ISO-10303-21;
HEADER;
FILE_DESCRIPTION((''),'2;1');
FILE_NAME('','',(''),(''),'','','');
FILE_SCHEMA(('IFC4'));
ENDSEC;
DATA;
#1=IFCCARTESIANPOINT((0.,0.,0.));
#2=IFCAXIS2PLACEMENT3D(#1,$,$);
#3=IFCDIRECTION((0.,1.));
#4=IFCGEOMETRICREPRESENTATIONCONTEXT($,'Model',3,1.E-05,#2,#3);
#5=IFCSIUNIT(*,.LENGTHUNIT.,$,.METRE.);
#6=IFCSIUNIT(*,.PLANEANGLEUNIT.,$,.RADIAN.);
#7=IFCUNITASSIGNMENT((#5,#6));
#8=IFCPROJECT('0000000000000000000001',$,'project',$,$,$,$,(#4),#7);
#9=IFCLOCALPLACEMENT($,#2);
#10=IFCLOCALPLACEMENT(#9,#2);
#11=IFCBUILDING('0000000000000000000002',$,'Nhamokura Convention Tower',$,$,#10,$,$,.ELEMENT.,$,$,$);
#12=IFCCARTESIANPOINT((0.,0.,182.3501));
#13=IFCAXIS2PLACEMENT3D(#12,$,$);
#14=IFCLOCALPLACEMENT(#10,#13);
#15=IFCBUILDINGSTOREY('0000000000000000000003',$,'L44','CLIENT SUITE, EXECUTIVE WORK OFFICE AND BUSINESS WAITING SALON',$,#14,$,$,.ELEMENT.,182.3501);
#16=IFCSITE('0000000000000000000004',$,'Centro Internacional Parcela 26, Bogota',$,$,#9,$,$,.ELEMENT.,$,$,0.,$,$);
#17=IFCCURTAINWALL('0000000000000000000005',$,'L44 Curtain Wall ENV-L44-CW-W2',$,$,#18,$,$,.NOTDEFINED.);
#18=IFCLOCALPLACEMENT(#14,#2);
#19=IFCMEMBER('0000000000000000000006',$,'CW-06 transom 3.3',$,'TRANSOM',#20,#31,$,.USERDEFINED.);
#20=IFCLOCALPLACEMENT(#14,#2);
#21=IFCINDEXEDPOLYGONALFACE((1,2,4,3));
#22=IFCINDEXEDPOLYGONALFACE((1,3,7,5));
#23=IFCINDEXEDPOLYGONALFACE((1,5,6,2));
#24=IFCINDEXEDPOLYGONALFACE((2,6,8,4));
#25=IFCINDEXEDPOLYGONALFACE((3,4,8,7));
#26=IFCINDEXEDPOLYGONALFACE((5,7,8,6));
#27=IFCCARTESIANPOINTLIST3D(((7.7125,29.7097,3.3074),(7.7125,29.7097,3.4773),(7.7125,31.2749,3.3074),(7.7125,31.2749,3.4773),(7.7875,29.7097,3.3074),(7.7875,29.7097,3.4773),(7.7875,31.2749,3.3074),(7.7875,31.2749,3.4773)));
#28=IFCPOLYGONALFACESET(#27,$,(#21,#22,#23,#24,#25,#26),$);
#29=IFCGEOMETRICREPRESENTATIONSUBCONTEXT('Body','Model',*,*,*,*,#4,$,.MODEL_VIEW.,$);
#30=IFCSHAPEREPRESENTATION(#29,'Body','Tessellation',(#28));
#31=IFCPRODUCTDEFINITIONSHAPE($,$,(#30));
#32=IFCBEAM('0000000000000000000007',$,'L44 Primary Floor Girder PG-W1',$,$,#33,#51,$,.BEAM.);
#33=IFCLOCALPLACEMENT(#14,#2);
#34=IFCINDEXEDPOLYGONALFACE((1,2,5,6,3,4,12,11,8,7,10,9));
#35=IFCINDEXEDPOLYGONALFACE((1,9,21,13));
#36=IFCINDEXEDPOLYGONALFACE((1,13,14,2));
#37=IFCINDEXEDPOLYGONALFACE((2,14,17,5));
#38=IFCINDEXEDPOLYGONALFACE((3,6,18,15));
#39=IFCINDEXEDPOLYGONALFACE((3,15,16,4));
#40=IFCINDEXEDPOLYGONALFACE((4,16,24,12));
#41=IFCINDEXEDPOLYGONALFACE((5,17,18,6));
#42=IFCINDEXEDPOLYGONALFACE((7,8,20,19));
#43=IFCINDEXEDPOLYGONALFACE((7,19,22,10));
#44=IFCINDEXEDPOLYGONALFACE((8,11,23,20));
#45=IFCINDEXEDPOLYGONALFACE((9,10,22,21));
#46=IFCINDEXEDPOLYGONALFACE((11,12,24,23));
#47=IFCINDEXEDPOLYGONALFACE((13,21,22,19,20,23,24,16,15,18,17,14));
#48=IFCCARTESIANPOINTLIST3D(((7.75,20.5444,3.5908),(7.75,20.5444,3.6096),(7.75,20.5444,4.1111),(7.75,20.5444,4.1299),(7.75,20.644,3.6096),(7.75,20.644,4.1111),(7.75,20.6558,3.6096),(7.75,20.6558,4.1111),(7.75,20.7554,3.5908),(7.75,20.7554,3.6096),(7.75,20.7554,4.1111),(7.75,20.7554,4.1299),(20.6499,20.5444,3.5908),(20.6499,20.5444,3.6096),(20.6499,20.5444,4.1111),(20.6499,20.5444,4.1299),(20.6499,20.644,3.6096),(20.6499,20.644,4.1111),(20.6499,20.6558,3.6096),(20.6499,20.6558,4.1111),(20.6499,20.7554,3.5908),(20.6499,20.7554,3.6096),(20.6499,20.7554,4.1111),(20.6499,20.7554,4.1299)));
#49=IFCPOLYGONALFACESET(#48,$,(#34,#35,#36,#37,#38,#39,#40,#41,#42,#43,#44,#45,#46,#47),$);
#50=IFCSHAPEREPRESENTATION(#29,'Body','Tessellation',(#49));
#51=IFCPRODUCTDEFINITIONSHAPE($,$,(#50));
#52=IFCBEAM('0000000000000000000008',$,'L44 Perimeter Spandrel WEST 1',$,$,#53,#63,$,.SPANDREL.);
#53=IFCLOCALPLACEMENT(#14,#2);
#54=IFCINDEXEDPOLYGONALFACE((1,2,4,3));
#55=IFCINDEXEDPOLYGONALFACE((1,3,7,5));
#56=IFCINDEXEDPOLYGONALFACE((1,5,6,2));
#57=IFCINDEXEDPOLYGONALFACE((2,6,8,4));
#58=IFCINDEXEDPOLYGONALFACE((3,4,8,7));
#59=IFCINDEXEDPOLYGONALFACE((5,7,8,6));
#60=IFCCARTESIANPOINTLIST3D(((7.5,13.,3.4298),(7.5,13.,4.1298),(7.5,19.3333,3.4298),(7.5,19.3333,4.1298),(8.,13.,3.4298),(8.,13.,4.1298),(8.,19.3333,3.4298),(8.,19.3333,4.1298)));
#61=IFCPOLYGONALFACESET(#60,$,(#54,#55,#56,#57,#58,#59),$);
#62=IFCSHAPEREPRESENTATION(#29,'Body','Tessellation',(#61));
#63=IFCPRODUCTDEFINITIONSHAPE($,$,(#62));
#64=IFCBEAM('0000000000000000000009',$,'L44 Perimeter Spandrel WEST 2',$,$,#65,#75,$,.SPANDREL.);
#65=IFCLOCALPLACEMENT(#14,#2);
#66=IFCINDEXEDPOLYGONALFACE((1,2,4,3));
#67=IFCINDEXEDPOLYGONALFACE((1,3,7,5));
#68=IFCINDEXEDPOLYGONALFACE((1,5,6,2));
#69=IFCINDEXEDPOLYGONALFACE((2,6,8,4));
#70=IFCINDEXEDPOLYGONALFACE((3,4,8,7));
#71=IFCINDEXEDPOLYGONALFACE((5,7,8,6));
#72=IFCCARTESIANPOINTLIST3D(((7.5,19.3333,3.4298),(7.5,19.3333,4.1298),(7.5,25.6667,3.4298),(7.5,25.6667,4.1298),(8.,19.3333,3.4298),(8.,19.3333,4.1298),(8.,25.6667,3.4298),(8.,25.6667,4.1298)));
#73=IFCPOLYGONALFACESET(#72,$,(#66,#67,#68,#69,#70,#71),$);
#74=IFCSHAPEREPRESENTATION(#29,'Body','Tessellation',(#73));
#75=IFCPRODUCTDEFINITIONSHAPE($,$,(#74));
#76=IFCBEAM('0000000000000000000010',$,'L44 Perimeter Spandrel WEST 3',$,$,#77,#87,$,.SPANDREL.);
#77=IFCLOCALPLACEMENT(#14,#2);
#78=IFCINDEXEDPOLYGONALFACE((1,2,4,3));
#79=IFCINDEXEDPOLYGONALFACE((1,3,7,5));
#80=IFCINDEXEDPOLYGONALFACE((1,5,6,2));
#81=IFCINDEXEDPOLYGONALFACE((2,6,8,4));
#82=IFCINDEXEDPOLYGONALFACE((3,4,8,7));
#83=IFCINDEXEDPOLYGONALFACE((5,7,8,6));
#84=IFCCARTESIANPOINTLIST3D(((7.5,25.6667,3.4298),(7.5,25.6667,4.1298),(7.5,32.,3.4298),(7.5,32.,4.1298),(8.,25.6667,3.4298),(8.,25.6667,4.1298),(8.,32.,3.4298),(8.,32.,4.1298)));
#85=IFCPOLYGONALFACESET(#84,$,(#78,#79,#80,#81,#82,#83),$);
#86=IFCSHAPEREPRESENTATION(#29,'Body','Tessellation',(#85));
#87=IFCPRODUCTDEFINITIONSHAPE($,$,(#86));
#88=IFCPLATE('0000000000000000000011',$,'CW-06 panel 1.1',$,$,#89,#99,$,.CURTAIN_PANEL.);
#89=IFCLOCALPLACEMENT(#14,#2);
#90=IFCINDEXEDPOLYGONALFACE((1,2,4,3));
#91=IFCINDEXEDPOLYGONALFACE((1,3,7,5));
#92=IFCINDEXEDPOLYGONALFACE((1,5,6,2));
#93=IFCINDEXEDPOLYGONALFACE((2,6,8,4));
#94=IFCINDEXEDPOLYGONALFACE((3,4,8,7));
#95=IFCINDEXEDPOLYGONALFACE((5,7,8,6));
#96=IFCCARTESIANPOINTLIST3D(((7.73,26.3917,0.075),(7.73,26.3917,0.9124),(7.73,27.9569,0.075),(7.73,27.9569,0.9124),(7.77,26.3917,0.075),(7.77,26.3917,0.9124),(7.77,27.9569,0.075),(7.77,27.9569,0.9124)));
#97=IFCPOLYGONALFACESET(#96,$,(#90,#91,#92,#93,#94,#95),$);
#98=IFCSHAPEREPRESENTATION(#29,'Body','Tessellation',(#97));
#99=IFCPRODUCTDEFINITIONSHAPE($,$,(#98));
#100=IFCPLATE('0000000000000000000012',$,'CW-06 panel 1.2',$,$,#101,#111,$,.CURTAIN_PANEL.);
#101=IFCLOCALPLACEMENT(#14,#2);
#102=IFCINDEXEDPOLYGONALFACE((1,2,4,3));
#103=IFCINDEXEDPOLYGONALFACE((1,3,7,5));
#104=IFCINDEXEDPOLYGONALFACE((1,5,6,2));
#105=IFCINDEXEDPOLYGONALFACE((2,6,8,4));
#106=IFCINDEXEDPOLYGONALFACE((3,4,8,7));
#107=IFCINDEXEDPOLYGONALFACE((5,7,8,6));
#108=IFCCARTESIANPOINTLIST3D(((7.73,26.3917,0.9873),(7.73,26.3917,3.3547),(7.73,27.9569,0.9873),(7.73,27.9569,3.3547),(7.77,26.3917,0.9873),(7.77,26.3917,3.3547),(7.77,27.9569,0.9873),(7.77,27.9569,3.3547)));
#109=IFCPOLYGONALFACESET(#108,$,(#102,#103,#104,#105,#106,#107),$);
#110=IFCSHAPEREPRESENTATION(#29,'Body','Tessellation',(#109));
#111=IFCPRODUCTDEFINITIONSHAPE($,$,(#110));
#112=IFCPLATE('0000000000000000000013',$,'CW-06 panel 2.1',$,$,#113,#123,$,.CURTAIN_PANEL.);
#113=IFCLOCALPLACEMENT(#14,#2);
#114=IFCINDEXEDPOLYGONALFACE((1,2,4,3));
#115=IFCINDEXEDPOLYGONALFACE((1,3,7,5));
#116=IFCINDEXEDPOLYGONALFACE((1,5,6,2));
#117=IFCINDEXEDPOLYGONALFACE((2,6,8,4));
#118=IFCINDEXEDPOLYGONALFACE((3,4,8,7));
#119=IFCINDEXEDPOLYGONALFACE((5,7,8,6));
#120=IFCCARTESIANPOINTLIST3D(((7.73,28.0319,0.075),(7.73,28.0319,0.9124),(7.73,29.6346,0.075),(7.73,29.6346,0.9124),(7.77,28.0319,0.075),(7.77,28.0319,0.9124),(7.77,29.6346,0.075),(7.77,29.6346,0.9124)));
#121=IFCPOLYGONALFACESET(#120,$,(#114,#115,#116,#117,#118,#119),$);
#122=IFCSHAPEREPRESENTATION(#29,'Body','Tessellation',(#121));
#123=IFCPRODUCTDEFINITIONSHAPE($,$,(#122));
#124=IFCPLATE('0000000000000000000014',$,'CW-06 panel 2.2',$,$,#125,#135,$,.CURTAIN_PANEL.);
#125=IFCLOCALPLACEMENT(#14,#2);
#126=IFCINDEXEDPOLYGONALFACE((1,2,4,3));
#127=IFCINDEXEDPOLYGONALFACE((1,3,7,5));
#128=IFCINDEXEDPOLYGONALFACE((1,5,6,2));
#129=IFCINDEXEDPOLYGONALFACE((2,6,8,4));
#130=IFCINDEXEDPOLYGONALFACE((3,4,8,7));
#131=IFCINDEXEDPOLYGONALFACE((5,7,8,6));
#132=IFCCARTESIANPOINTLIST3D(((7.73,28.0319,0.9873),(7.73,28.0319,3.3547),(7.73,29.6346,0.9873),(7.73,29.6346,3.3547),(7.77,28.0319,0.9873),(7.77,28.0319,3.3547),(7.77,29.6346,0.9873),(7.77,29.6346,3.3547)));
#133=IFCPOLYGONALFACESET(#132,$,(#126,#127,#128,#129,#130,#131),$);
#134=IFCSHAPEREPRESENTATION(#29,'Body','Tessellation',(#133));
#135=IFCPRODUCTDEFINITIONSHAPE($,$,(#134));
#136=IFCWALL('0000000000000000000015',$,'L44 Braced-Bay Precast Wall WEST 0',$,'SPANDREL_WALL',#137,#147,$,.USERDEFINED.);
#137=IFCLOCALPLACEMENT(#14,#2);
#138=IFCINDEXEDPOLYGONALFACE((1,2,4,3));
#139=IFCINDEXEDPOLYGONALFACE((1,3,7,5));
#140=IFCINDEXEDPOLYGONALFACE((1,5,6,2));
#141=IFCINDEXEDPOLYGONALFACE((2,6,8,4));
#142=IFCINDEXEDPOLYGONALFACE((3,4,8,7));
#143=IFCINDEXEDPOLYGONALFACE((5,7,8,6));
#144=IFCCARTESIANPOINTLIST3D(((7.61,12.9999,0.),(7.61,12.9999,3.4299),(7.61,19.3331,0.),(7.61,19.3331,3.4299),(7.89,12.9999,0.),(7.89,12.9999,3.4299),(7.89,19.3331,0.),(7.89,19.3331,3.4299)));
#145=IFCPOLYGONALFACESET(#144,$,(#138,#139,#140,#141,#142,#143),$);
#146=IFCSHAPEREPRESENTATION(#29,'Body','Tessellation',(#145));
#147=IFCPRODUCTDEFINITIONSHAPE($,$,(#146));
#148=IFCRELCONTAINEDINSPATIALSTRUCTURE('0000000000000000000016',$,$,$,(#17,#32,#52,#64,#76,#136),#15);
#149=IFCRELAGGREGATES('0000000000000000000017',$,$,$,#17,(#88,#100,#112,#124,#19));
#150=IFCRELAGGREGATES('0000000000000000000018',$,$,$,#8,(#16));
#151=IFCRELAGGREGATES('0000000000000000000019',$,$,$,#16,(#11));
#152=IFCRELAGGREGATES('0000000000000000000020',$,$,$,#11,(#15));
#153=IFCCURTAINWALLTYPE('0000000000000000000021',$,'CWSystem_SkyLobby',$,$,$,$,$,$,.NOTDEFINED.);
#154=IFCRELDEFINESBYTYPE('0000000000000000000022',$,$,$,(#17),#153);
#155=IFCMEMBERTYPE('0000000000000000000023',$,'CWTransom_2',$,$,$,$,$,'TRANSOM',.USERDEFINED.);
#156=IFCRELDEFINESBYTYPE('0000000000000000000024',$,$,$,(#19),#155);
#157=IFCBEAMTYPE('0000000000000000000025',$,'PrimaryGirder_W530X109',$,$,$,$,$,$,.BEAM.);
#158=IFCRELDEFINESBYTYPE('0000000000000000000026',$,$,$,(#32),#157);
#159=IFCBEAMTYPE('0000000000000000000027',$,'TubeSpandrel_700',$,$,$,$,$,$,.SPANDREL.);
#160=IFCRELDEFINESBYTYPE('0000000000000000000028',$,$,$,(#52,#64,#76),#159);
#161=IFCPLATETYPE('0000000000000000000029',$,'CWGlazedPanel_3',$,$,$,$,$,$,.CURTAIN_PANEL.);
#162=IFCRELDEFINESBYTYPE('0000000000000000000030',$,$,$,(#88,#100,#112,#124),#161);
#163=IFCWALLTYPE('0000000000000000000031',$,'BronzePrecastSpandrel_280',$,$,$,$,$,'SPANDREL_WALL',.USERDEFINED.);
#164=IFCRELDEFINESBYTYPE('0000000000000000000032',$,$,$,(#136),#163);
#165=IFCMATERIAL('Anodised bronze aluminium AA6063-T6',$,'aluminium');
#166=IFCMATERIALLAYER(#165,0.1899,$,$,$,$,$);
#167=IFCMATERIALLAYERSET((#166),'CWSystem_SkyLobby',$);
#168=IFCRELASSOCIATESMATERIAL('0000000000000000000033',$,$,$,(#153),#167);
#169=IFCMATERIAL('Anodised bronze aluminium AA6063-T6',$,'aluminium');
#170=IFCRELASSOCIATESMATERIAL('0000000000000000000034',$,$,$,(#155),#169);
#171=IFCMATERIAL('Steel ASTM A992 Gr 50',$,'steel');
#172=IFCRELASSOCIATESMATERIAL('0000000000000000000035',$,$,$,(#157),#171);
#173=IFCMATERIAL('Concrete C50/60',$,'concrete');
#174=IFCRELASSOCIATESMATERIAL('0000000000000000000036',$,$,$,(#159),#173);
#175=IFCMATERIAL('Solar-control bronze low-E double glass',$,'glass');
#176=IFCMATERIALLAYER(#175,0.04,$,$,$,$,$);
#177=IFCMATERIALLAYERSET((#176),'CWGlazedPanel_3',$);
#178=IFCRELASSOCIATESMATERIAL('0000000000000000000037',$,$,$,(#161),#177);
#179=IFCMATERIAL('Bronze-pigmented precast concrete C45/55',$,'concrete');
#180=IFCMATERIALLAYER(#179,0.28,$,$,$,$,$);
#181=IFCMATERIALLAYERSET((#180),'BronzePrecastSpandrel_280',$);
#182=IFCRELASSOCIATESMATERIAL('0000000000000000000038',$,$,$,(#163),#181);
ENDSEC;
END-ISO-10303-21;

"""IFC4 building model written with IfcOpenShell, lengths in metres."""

from ifc_helpers import new_model, si_unit, direction, frame, frame_2d, origin, origin_2d, place, context, subcontext, project, spatial, rectangle, i_section, extrude, material, layer, layer_set, material_profile, profile_set, type_object, element, aggregate, save


model = new_model("IFC4")

# Units and contexts
model_context = context("Model", 3, precision=1e-05, world=origin(), true_north=direction((0.0, 1.0)))
body_context = subcontext(model_context, "Body", "Model", "MODEL_VIEW")
ifc_project = project(units=[si_unit("LENGTHUNIT", "METRE"), si_unit("PLANEANGLEUNIT", "RADIAN")], contexts=[model_context])

# Site, building, storey
site_placement = place(None, origin())
site = spatial("IfcSite", under=ifc_project, at=site_placement, Name="Centro Internacional Parcela 26, Bogota", CompositionType="ELEMENT", RefElevation=0.0)
building_placement = place(site_placement, origin())
building = spatial("IfcBuilding", under=site, at=building_placement, Name="Nhamokura Convention Tower", CompositionType="ELEMENT")
storey_placement = place(building_placement, frame((0.0, 0.0, 182.3501)))
storey = spatial("IfcBuildingStorey", under=building, at=storey_placement, Name="L44", Description="CLIENT SUITE, EXECUTIVE WORK OFFICE AND BUSINESS WAITING SALON", CompositionType="ELEMENT", Elevation=182.3501)

# Curtain wall, member
ifc_material_1 = material(Name="Anodised bronze aluminium AA6063-T6", Category="aluminium")
ifc_layer_1 = layer(ifc_material_1, 0.1899)
ifc_layer_set_1 = layer_set([ifc_layer_1], Name="CWSystem_SkyLobby")
curtain_wall_type = type_object("IfcCurtainWallType", Name="CWSystem_SkyLobby", PredefinedType="NOTDEFINED", material=ifc_layer_set_1)
curtain_wall_placement = place(storey_placement, origin())
curtain_wall = element("IfcCurtainWall", 1, at=curtain_wall_placement, inside=storey, type_object=curtain_wall_type, Name="L44 Curtain Wall ENV-L44-CW-W2", PredefinedType="NOTDEFINED")
ifc_material_2 = material(Name="Anodised bronze aluminium AA6063-T6", Category="aluminium")
ifc_material_profile_1 = material_profile(ifc_material_2, rectangle(XDim=0.075, YDim=0.1699, at=origin_2d()))
ifc_profile_set_1 = profile_set([ifc_material_profile_1], Name="Anodised bronze aluminium AA6063-T6")
member_type_1 = type_object("IfcMemberType", Name="CWTransom_2", ElementType="TRANSOM", PredefinedType="USERDEFINED", material=ifc_profile_set_1)
member_1_placement = place(storey_placement, frame((7.75, 29.7097, 3.3923), z_axis=(0.0, 1.0, 0.0), x_axis=(-1.0, 0.0, 0.0)))
member_1 = element("IfcMember", 2, at=member_1_placement, type_object=member_type_1, Name="CW-06 transom 3.3", ObjectType="TRANSOM", PredefinedType="USERDEFINED", context=body_context, shape_type="SweptSolid", body=[
    extrude(rectangle(XDim=0.075, YDim=0.1699, at=origin_2d()), origin(), (0.0, 0.0, 1.0), 1.5652),
])

# Beams
ifc_material_3 = material(Name="Steel ASTM A992 Gr 50", Category="steel")
ifc_material_profile_2 = material_profile(ifc_material_3, i_section(OverallWidth=0.2109, OverallDepth=0.5391, WebThickness=0.0117, FlangeThickness=0.0188, at=origin_2d()))
ifc_profile_set_2 = profile_set([ifc_material_profile_2], Name="Steel ASTM A992 Gr 50")
beam_type_1 = type_object("IfcBeamType", Name="PrimaryGirder_W530X109", PredefinedType="BEAM", material=ifc_profile_set_2)
beam_1_placement = place(storey_placement, frame((7.75, 20.6499, 3.8604), z_axis=(1.0, 0.0, 0.0), x_axis=(0.0, 1.0, 0.0)))
element("IfcBeam", 3, at=beam_1_placement, inside=storey, type_object=beam_type_1, Name="L44 Primary Floor Girder PG-W1", PredefinedType="BEAM", context=body_context, shape_type="SweptSolid", body=[
    extrude(i_section(OverallWidth=0.2109, OverallDepth=0.5391, WebThickness=0.0117, FlangeThickness=0.0188, at=origin_2d()), origin(), (0.0, 0.0, 1.0), 12.8999),
])
ifc_material_4 = material(Name="Concrete C50/60", Category="concrete")
ifc_material_profile_3 = material_profile(ifc_material_4, rectangle(XDim=0.5, YDim=0.7, at=origin_2d()))
ifc_profile_set_3 = profile_set([ifc_material_profile_3], Name="Concrete C50/60")
beam_type_2 = type_object("IfcBeamType", Name="TubeSpandrel_700", PredefinedType="SPANDREL", material=ifc_profile_set_3)
beam_2_placement = place(storey_placement, frame((7.75, 13.0, 3.7798), z_axis=(0.0, 1.0, 0.0), x_axis=(-1.0, 0.0, 0.0)))
element("IfcBeam", 4, at=beam_2_placement, inside=storey, type_object=beam_type_2, Name="L44 Perimeter Spandrel WEST 1", PredefinedType="SPANDREL", context=body_context, shape_type="SweptSolid", body=[
    extrude(rectangle(XDim=0.5, YDim=0.7, at=origin_2d()), origin(), (0.0, 0.0, 1.0), 6.3333),
])
beam_3_placement = place(storey_placement, frame((7.75, 19.3333, 3.7798), z_axis=(0.0, 1.0, 0.0), x_axis=(-1.0, 0.0, 0.0)))
element("IfcBeam", 5, at=beam_3_placement, inside=storey, type_object=beam_type_2, Name="L44 Perimeter Spandrel WEST 2", PredefinedType="SPANDREL", context=body_context, shape_type="SweptSolid", body=[
    extrude(rectangle(XDim=0.5, YDim=0.7, at=origin_2d()), origin(), (0.0, 0.0, 1.0), 6.3335),
])
beam_4_placement = place(storey_placement, frame((7.75, 25.6667, 3.7798), z_axis=(0.0, 1.0, 0.0), x_axis=(-1.0, 0.0, 0.0)))
element("IfcBeam", 6, at=beam_4_placement, inside=storey, type_object=beam_type_2, Name="L44 Perimeter Spandrel WEST 3", PredefinedType="SPANDREL", context=body_context, shape_type="SweptSolid", body=[
    extrude(rectangle(XDim=0.5, YDim=0.7, at=origin_2d()), origin(), (0.0, 0.0, 1.0), 6.3333),
])

# Plates
ifc_material_5 = material(Name="Solar-control bronze low-E double glass", Category="glass")
ifc_layer_2 = layer(ifc_material_5, 0.04)
ifc_layer_set_2 = layer_set([ifc_layer_2], Name="CWGlazedPanel_3")
plate_type = type_object("IfcPlateType", Name="CWGlazedPanel_3", PredefinedType="CURTAIN_PANEL", material=ifc_layer_set_2)
plate_1_placement = place(storey_placement, frame((7.75, 27.1743, 0.075), z_axis=(0.0, 0.0, 1.0), x_axis=(0.0, 1.0, 0.0)))
plate_1 = element("IfcPlate", 7, at=plate_1_placement, type_object=plate_type, Name="CW-06 panel 1.1", PredefinedType="CURTAIN_PANEL", context=body_context, shape_type="SweptSolid", body=[
    extrude(rectangle(XDim=1.5652, YDim=0.04, at=origin_2d()), origin(), (0.0, 0.0, 1.0), 0.8374),
])
plate_2_placement = place(storey_placement, frame((7.75, 27.1743, 0.9873), z_axis=(0.0, 0.0, 1.0), x_axis=(0.0, 1.0, 0.0)))
plate_2 = element("IfcPlate", 8, at=plate_2_placement, type_object=plate_type, Name="CW-06 panel 1.2", PredefinedType="CURTAIN_PANEL", context=body_context, shape_type="SweptSolid", body=[
    extrude(rectangle(XDim=1.5652, YDim=0.04, at=origin_2d()), origin(), (0.0, 0.0, 1.0), 2.3674),
])
plate_3_placement = place(storey_placement, frame((7.75, 28.8333, 0.075), z_axis=(0.0, 0.0, 1.0), x_axis=(0.0, 1.0, 0.0)))
plate_3 = element("IfcPlate", 9, at=plate_3_placement, type_object=plate_type, Name="CW-06 panel 2.1", PredefinedType="CURTAIN_PANEL", context=body_context, shape_type="SweptSolid", body=[
    extrude(rectangle(XDim=1.6028, YDim=0.04, at=origin_2d()), origin(), (0.0, 0.0, 1.0), 0.8374),
])
plate_4_placement = place(storey_placement, frame((7.75, 28.8333, 0.9873), z_axis=(0.0, 0.0, 1.0), x_axis=(0.0, 1.0, 0.0)))
plate_4 = element("IfcPlate", 10, at=plate_4_placement, type_object=plate_type, Name="CW-06 panel 2.2", PredefinedType="CURTAIN_PANEL", context=body_context, shape_type="SweptSolid", body=[
    extrude(rectangle(XDim=1.6028, YDim=0.04, at=origin_2d()), origin(), (0.0, 0.0, 1.0), 2.3674),
])
aggregate(curtain_wall, [plate_1, plate_2, plate_3, plate_4, member_1])

# Wall
ifc_material_6 = material(Name="Bronze-pigmented precast concrete C45/55", Category="concrete")
ifc_layer_3 = layer(ifc_material_6, 0.28)
ifc_layer_set_3 = layer_set([ifc_layer_3], Name="BronzePrecastSpandrel_280")
wall_type = type_object("IfcWallType", Name="BronzePrecastSpandrel_280", ElementType="SPANDREL_WALL", PredefinedType="USERDEFINED", material=ifc_layer_set_3)
wall_1_placement = place(storey_placement, frame((7.75, 13.0, 0.0), z_axis=(0.0, 0.0, 1.0), x_axis=(0.0, 1.0, 0.0)))
element("IfcWall", 11, at=wall_1_placement, inside=storey, type_object=wall_type, Name="L44 Braced-Bay Precast Wall WEST 0", ObjectType="SPANDREL_WALL", PredefinedType="USERDEFINED", context=body_context, shape_type="SweptSolid", body=[
    extrude(rectangle(XDim=6.3333, YDim=0.28, at=frame_2d((3.1665, 0.0))), origin(), (0.0, 0.0, 1.0), 3.4299),
])

save(model, "model.ifc")
